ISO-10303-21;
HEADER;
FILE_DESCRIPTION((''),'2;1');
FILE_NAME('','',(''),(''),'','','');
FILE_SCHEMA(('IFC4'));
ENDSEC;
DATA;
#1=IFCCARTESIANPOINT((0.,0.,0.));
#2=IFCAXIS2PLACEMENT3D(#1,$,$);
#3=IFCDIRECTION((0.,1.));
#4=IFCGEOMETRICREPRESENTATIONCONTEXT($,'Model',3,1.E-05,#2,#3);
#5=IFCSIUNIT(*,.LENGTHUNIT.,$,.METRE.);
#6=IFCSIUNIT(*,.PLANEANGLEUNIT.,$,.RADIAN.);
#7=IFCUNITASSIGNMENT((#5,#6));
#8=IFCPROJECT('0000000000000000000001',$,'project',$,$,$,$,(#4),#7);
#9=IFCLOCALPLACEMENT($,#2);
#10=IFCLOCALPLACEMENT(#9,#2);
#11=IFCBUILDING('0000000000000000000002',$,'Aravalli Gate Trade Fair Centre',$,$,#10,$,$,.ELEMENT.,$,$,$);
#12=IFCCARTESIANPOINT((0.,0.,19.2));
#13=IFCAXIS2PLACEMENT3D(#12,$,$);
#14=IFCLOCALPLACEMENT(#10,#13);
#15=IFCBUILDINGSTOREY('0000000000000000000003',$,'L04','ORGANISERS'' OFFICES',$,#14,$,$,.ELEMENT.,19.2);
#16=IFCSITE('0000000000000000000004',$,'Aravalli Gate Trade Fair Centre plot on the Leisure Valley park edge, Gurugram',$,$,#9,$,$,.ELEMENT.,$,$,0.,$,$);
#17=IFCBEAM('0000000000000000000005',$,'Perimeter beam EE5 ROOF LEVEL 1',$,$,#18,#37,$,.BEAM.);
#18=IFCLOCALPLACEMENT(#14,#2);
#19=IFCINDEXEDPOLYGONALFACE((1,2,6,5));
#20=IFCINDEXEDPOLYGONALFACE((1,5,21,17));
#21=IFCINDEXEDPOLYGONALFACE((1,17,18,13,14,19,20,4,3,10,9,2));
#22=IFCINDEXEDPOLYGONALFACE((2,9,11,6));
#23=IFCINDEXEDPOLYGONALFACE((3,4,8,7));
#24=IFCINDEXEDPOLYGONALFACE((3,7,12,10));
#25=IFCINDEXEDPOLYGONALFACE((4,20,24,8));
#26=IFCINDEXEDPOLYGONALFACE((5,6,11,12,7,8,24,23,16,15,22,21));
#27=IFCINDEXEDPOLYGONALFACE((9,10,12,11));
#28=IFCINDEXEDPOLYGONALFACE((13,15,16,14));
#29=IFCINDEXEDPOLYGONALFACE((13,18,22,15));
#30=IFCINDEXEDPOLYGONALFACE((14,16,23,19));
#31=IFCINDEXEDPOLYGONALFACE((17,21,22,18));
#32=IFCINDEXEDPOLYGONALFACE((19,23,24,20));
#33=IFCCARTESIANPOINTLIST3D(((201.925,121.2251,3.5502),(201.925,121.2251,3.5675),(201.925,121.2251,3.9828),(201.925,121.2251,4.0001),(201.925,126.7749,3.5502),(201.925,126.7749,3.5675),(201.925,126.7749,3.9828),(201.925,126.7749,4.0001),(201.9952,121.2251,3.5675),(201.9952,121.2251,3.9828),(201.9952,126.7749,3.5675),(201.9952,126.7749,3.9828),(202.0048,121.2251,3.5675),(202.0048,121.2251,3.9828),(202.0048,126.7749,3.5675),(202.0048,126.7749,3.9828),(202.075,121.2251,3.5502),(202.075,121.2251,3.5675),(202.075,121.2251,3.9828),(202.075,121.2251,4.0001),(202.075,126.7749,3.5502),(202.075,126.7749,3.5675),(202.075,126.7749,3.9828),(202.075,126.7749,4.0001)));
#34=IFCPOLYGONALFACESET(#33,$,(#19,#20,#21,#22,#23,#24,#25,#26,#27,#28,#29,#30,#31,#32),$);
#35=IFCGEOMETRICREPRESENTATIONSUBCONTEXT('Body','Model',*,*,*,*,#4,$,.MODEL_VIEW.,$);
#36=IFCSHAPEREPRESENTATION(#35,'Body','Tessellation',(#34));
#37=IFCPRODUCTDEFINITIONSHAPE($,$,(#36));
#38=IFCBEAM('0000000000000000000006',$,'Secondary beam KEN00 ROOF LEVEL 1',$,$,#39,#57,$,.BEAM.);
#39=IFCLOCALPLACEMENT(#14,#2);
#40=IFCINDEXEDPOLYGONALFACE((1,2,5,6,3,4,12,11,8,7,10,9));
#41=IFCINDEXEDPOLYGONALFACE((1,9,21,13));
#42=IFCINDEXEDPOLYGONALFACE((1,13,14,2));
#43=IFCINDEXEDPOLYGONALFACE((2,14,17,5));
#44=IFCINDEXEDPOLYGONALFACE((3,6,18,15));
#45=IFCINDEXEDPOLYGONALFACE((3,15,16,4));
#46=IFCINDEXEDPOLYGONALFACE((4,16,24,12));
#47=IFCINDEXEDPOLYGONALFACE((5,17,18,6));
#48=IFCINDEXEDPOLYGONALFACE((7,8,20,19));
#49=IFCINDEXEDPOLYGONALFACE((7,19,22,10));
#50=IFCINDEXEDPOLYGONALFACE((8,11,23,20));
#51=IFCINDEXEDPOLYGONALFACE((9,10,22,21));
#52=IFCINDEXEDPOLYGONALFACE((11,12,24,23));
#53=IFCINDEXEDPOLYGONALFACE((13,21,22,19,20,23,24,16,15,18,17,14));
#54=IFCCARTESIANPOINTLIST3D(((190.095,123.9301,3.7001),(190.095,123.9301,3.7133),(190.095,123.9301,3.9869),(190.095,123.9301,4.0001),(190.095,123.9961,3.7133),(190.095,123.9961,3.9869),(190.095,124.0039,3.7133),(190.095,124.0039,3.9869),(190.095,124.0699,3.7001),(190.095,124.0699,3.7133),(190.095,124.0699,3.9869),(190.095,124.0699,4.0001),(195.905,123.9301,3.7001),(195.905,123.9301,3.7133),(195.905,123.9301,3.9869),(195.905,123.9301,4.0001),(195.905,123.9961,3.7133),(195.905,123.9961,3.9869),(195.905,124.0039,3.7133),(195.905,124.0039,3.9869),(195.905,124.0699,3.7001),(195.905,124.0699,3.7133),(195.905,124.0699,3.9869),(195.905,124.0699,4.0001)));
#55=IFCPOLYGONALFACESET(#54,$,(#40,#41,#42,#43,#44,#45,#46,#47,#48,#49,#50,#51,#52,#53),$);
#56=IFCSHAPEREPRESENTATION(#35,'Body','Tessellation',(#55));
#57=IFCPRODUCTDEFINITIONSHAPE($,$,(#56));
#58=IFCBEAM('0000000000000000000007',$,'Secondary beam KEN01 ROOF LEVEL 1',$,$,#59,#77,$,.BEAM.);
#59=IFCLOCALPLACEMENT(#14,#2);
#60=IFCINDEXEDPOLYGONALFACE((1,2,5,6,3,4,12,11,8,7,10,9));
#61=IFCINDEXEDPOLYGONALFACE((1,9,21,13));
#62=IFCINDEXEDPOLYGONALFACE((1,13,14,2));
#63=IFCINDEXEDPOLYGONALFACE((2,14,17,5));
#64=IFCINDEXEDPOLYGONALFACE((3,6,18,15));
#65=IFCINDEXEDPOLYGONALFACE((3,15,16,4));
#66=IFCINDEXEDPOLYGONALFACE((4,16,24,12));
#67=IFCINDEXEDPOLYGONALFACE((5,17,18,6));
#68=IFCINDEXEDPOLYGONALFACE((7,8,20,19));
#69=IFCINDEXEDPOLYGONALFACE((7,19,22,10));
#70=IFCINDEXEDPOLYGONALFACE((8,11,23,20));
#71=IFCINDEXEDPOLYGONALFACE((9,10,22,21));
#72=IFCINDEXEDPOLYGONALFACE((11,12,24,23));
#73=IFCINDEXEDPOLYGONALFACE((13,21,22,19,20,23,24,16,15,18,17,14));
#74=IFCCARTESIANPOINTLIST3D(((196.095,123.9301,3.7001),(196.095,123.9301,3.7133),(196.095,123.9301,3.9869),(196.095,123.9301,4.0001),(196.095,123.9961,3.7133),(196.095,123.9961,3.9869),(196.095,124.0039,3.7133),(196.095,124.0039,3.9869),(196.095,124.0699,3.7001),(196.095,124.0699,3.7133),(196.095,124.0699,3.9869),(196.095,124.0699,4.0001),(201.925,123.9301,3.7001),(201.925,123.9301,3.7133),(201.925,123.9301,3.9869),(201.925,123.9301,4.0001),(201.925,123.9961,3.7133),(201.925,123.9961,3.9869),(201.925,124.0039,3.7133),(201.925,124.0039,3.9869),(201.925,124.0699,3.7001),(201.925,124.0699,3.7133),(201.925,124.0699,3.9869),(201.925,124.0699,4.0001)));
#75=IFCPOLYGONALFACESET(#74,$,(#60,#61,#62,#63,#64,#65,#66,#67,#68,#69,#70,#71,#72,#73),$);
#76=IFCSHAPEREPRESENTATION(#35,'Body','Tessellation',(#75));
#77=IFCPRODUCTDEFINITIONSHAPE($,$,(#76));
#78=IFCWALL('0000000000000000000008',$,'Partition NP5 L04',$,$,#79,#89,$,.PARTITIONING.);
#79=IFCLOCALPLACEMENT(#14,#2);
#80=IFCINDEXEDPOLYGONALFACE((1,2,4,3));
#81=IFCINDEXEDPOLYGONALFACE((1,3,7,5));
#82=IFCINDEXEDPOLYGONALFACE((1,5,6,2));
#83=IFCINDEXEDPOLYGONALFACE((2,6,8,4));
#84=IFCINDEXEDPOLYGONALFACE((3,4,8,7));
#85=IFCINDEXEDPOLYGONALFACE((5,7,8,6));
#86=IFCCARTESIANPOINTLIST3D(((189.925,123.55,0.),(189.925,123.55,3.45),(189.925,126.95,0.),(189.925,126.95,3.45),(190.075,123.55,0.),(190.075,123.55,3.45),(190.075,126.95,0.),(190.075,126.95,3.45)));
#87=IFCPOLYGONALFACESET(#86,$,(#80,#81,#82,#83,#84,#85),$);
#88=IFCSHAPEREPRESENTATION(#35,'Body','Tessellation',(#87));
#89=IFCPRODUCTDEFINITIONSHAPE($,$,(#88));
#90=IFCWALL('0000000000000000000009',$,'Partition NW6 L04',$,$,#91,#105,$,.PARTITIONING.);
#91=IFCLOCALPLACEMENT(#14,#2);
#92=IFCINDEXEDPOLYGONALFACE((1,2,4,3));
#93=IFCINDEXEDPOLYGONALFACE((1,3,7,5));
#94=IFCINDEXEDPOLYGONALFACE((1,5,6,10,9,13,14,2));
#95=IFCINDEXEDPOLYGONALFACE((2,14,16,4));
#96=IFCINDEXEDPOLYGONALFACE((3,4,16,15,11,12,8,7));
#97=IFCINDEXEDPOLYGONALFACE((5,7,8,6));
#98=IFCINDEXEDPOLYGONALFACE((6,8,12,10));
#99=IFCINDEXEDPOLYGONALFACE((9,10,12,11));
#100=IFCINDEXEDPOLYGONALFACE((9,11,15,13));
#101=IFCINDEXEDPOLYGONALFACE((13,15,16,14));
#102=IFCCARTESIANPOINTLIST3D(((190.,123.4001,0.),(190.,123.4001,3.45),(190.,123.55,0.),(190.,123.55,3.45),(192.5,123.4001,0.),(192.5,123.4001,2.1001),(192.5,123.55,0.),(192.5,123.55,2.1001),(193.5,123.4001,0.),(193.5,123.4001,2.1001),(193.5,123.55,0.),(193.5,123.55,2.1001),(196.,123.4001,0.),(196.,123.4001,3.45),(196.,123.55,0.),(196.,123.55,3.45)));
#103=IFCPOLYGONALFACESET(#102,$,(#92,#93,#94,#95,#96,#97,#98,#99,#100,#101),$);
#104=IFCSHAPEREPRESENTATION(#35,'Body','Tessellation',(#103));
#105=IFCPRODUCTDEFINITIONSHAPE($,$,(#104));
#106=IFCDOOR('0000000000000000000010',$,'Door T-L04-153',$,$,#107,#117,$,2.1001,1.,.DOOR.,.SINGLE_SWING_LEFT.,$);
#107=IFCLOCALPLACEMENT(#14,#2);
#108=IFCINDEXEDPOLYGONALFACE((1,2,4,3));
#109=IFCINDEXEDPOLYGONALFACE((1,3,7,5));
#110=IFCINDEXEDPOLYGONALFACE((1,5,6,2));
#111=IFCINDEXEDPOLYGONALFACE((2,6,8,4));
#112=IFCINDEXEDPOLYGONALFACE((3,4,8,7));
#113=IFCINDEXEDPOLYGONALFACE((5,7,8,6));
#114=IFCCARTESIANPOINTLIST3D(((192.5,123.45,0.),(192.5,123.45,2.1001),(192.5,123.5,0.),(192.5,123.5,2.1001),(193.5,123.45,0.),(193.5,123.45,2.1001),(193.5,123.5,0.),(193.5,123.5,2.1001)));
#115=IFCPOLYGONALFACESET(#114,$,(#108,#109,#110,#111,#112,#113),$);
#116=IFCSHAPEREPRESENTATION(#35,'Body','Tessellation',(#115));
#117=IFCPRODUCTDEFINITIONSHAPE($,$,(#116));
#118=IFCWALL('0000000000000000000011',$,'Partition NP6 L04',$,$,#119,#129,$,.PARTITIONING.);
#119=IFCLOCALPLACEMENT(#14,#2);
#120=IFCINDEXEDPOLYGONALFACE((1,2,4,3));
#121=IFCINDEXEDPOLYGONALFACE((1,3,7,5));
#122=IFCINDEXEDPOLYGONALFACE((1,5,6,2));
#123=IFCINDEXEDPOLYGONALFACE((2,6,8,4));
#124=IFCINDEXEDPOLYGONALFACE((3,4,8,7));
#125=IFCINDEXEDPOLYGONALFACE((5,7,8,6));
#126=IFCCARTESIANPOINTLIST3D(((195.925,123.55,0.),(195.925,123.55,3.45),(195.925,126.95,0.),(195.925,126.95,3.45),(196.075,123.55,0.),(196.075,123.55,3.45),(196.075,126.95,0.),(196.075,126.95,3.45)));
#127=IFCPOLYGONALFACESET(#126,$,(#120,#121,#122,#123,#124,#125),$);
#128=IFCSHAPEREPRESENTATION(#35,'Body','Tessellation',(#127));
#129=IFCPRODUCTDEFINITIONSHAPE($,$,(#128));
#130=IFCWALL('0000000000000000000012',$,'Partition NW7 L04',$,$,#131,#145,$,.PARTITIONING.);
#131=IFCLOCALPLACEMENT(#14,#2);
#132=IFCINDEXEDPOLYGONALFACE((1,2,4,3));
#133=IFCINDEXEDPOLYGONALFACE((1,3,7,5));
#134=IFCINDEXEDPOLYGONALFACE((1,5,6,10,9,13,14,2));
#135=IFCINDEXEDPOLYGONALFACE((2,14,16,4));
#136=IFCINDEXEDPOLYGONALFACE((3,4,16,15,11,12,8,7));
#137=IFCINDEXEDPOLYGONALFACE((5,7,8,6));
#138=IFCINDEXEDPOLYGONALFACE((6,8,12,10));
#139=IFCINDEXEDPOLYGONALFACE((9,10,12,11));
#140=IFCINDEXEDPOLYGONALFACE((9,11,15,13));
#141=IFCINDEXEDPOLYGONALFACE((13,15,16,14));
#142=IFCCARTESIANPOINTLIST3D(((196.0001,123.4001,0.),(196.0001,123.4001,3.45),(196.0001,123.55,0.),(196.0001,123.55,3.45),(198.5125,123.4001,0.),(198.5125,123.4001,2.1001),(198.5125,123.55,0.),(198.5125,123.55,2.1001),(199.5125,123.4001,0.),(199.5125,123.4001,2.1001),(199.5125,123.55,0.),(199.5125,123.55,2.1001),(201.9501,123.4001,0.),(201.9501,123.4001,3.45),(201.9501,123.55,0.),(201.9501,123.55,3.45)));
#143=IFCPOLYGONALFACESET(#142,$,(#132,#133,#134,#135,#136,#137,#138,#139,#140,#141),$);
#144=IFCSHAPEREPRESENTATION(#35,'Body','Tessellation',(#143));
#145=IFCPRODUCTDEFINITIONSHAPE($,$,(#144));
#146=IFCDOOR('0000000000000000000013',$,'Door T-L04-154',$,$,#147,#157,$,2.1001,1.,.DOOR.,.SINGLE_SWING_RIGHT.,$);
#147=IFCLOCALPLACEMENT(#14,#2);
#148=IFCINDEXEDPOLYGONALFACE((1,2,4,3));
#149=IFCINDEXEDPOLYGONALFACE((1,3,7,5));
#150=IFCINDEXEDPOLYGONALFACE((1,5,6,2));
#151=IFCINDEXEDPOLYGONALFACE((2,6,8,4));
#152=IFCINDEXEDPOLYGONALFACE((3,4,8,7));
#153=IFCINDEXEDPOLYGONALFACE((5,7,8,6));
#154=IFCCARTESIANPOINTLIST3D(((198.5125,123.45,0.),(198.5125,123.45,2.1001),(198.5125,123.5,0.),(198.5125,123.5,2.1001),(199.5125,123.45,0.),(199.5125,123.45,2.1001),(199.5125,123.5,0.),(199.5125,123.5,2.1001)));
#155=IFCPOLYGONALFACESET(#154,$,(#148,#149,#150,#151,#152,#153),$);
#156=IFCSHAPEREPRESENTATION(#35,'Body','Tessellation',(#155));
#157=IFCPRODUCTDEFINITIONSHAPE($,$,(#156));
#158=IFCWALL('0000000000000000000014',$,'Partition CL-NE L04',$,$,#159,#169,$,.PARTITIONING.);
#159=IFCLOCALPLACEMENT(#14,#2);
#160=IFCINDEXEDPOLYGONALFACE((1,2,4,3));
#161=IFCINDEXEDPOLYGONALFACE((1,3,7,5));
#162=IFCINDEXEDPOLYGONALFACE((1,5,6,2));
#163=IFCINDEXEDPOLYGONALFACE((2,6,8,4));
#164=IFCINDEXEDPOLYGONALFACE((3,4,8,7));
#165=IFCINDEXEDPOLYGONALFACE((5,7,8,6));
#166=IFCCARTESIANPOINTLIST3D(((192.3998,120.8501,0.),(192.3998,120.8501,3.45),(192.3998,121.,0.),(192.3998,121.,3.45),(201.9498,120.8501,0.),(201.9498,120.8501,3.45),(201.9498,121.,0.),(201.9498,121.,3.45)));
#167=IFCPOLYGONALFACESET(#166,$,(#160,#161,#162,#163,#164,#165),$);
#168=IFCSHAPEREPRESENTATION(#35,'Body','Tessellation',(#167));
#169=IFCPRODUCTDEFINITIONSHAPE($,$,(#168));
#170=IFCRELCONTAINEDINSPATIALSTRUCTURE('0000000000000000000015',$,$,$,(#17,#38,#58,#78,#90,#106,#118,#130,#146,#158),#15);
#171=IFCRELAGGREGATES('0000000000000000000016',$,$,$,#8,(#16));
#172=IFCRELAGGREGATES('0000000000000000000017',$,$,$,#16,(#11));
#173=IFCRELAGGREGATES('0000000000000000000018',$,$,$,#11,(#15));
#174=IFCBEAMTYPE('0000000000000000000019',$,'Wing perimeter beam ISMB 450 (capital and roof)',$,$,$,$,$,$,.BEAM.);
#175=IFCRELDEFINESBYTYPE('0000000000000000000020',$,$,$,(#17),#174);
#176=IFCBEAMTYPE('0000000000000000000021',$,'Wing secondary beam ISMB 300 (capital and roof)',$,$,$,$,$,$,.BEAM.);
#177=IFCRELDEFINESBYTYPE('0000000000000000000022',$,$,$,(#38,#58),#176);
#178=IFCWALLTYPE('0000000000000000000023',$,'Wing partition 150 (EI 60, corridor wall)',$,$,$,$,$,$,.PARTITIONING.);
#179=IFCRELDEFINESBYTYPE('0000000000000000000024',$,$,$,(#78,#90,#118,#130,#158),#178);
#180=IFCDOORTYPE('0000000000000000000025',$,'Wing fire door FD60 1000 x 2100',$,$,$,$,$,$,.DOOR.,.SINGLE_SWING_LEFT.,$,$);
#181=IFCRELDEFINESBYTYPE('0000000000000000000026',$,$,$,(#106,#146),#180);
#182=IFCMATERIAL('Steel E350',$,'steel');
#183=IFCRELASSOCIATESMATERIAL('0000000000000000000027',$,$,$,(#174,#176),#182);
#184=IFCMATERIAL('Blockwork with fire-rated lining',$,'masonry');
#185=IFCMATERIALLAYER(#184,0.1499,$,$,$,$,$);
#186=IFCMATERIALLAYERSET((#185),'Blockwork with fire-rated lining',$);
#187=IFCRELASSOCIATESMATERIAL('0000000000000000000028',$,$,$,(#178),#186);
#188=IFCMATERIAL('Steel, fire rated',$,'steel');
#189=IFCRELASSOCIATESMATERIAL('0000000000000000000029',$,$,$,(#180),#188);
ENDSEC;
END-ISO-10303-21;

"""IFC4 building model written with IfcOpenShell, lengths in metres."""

from ifc_helpers import new_model, si_unit, direction, frame, frame_2d, origin, origin_2d, place, context, subcontext, project, spatial, rectangle, i_section, extrude, material, layer, layer_set, material_profile, profile_set, type_object, element, fill, save


model = new_model("IFC4")

# Units and contexts
model_context = context("Model", 3, precision=1e-05, world=origin(), true_north=direction((0.0, 1.0)))
body_context = subcontext(model_context, "Body", "Model", "MODEL_VIEW")
ifc_project = project(units=[si_unit("LENGTHUNIT", "METRE"), si_unit("PLANEANGLEUNIT", "RADIAN")], contexts=[model_context])

# Site, building, storey
site_placement = place(None, origin())
site = spatial("IfcSite", under=ifc_project, at=site_placement, Name="Aravalli Gate Trade Fair Centre plot on the Leisure Valley park edge, Gurugram", CompositionType="ELEMENT", RefElevation=0.0)
building_placement = place(site_placement, origin())
building = spatial("IfcBuilding", under=site, at=building_placement, Name="Aravalli Gate Trade Fair Centre", CompositionType="ELEMENT")
storey_placement = place(building_placement, frame((0.0, 0.0, 19.2)))
storey = spatial("IfcBuildingStorey", under=building, at=storey_placement, Name="L04", Description="ORGANISERS' OFFICES", CompositionType="ELEMENT", Elevation=19.2)

# Shared definitions
ifc_material_1 = material(Name="Steel E350", Category="steel")

# Beams
ifc_material_profile_1 = material_profile(ifc_material_1, i_section(OverallWidth=0.1499, OverallDepth=0.45, WebThickness=0.0095, FlangeThickness=0.0173, at=origin_2d()), Name="ISMB 450")
ifc_profile_set_1 = profile_set([ifc_material_profile_1], Name="Steel E350")
beam_type_1 = type_object("IfcBeamType", Name="Wing perimeter beam ISMB 450 (capital and roof)", PredefinedType="BEAM", material=ifc_profile_set_1)
for number, where, z_axis, x_axis, name in (
    (1, (202.0, 121.2251, 3.7751), (0.0, 1.0, 0.0), (-1.0, 0.0, 0.0), "Perimeter beam EE5 ROOF LEVEL 1"),
):
    element("IfcBeam", number, at=place(storey_placement, frame(where, z_axis=z_axis, x_axis=x_axis)), inside=storey, type_object=beam_type_1, Name=name, PredefinedType="BEAM", context=body_context, shape_type="SweptSolid", body=[
        extrude(i_section(OverallWidth=0.1499, OverallDepth=0.45, WebThickness=0.0095, FlangeThickness=0.0173, at=origin_2d()), origin(), (0.0, 0.0, 1.0), 5.5498),
    ])
ifc_material_profile_2 = material_profile(ifc_material_1, i_section(OverallWidth=0.1399, OverallDepth=0.3, WebThickness=0.0078, FlangeThickness=0.0132, at=origin_2d()), Name="ISMB 300")
ifc_profile_set_2 = profile_set([ifc_material_profile_2], Name="Steel E350")
beam_type_2 = type_object("IfcBeamType", Name="Wing secondary beam ISMB 300 (capital and roof)", PredefinedType="BEAM", material=ifc_profile_set_2)
beam_1_placement = place(storey_placement, frame((190.095, 124.0, 3.8501), z_axis=(1.0, 0.0, 0.0), x_axis=(0.0, 1.0, 0.0)))
element("IfcBeam", 2, at=beam_1_placement, inside=storey, type_object=beam_type_2, Name="Secondary beam KEN00 ROOF LEVEL 1", PredefinedType="BEAM", context=body_context, shape_type="SweptSolid", body=[
    extrude(i_section(OverallWidth=0.1399, OverallDepth=0.3, WebThickness=0.0078, FlangeThickness=0.0132, at=origin_2d()), origin(), (0.0, 0.0, 1.0), 5.8101),
])
beam_2_placement = place(storey_placement, frame((196.095, 124.0, 3.8501), z_axis=(1.0, 0.0, 0.0), x_axis=(0.0, 1.0, 0.0)))
element("IfcBeam", 3, at=beam_2_placement, inside=storey, type_object=beam_type_2, Name="Secondary beam KEN01 ROOF LEVEL 1", PredefinedType="BEAM", context=body_context, shape_type="SweptSolid", body=[
    extrude(i_section(OverallWidth=0.1399, OverallDepth=0.3, WebThickness=0.0078, FlangeThickness=0.0132, at=origin_2d()), origin(), (0.0, 0.0, 1.0), 5.8301),
])

# Wall
ifc_material_2 = material(Name="Blockwork with fire-rated lining", Category="masonry")
ifc_layer_1 = layer(ifc_material_2, 0.1499)
ifc_layer_set_1 = layer_set([ifc_layer_1], Name="Blockwork with fire-rated lining")
wall_type_1 = type_object("IfcWallType", Name="Wing partition 150 (EI 60, corridor wall)", PredefinedType="PARTITIONING", material=ifc_layer_set_1)
wall_1_placement = place(storey_placement, frame((190.0, 123.55, 0.0), z_axis=(0.0, 0.0, 1.0), x_axis=(0.0, 1.0, 0.0)))
element("IfcWall", 4, at=wall_1_placement, inside=storey, type_object=wall_type_1, Name="Partition NP5 L04", PredefinedType="PARTITIONING", context=body_context, shape_type="SweptSolid", body=[
    extrude(rectangle(XDim=3.3999, YDim=0.1499, at=frame_2d((1.7, 0.0))), origin(), (0.0, 0.0, 1.0), 3.45),
])

# Wall, opening, door
wall_2_placement = place(storey_placement, frame((190.0, 123.4751, 0.0), z_axis=(0.0, 0.0, 1.0), x_axis=(1.0, 0.0, 0.0)))
wall_2 = element("IfcWall", 5, at=wall_2_placement, inside=storey, type_object=wall_type_1, Name="Partition NW6 L04", PredefinedType="PARTITIONING", context=body_context, shape_type="SweptSolid", body=[
    extrude(rectangle(XDim=6.0, YDim=0.1499, at=frame_2d((3.0, 0.0))), origin(), (0.0, 0.0, 1.0), 3.45),
])
opening_1_placement = place(wall_2_placement, frame((2.5, 0.0, 0.0)))
opening_1 = element("IfcOpeningElement", 6, at=opening_1_placement, cuts=wall_2, PredefinedType="OPENING", context=body_context, shape_type="SweptSolid", body=[
    extrude(rectangle(XDim=1.0, YDim=2.1001, at=frame_2d((0.5, 1.05))), frame((0.0, 0.085, 0.0), z_axis=(0.0, -1.0, 0.0), x_axis=(1.0, 0.0, 0.0)), (0.0, 0.0, 1.0), 0.1699),
])
ifc_material_3 = material(Name="Steel, fire rated", Category="steel")
door_type = type_object("IfcDoorType", Name="Wing fire door FD60 1000 x 2100", OperationType="SINGLE_SWING_LEFT", PredefinedType="DOOR", material=ifc_material_3)
door_1_placement = place(opening_1_placement, origin())
door_1 = element("IfcDoor", 7, at=door_1_placement, inside=storey, type_object=door_type, Name="Door T-L04-153", OperationType="SINGLE_SWING_LEFT", OverallHeight=2.1001, OverallWidth=1.0, PredefinedType="DOOR", context=body_context, shape_type="SweptSolid", body=[
    extrude(rectangle(XDim=1.0, YDim=2.1001, at=frame_2d((0.5, 1.05))), frame((0.0, 0.0249, 0.0), z_axis=(0.0, -1.0, 0.0), x_axis=(1.0, 0.0, 0.0)), (0.0, 0.0, 1.0), 0.05),
])
fill(opening_1, door_1)

# Wall
wall_3_placement = place(storey_placement, frame((196.0, 123.55, 0.0), z_axis=(0.0, 0.0, 1.0), x_axis=(0.0, 1.0, 0.0)))
element("IfcWall", 8, at=wall_3_placement, inside=storey, type_object=wall_type_1, Name="Partition NP6 L04", PredefinedType="PARTITIONING", context=body_context, shape_type="SweptSolid", body=[
    extrude(rectangle(XDim=3.3999, YDim=0.1499, at=frame_2d((1.7, 0.0))), origin(), (0.0, 0.0, 1.0), 3.45),
])

# Wall, opening, door
wall_4_placement = place(storey_placement, frame((196.0, 123.4751, 0.0), z_axis=(0.0, 0.0, 1.0), x_axis=(1.0, 0.0, 0.0)))
wall_4 = element("IfcWall", 9, at=wall_4_placement, inside=storey, type_object=wall_type_1, Name="Partition NW7 L04", PredefinedType="PARTITIONING", context=body_context, shape_type="SweptSolid", body=[
    extrude(rectangle(XDim=5.95, YDim=0.1499, at=frame_2d((2.9751, 0.0))), origin(), (0.0, 0.0, 1.0), 3.45),
])
opening_2_placement = place(wall_4_placement, frame((2.5125, 0.0, 0.0)))
opening_2 = element("IfcOpeningElement", 10, at=opening_2_placement, cuts=wall_4, PredefinedType="OPENING", context=body_context, shape_type="SweptSolid", body=[
    extrude(rectangle(XDim=1.0, YDim=2.1001, at=frame_2d((0.5, 1.05))), frame((0.0, 0.085, 0.0), z_axis=(0.0, -1.0, 0.0), x_axis=(1.0, 0.0, 0.0)), (0.0, 0.0, 1.0), 0.1699),
])
door_2_placement = place(opening_2_placement, origin())
door_2 = element("IfcDoor", 11, at=door_2_placement, inside=storey, type_object=door_type, Name="Door T-L04-154", OperationType="SINGLE_SWING_RIGHT", OverallHeight=2.1001, OverallWidth=1.0, PredefinedType="DOOR", context=body_context, shape_type="SweptSolid", body=[
    extrude(rectangle(XDim=1.0, YDim=2.1001, at=frame_2d((0.5, 1.05))), frame((0.0, 0.0249, 0.0), z_axis=(0.0, -1.0, 0.0), x_axis=(1.0, 0.0, 0.0)), (0.0, 0.0, 1.0), 0.05),
])
fill(opening_2, door_2)

# Wall
wall_5_placement = place(storey_placement, frame((192.3999, 120.925, 0.0), z_axis=(0.0, 0.0, 1.0), x_axis=(1.0, 0.0, 0.0)))
element("IfcWall", 12, at=wall_5_placement, inside=storey, type_object=wall_type_1, Name="Partition CL-NE L04", PredefinedType="PARTITIONING", context=body_context, shape_type="SweptSolid", body=[
    extrude(rectangle(XDim=9.55, YDim=0.1499, at=frame_2d((4.7749, 0.0))), origin(), (0.0, 0.0, 1.0), 3.45),
])

save(model, "model.ifc")
